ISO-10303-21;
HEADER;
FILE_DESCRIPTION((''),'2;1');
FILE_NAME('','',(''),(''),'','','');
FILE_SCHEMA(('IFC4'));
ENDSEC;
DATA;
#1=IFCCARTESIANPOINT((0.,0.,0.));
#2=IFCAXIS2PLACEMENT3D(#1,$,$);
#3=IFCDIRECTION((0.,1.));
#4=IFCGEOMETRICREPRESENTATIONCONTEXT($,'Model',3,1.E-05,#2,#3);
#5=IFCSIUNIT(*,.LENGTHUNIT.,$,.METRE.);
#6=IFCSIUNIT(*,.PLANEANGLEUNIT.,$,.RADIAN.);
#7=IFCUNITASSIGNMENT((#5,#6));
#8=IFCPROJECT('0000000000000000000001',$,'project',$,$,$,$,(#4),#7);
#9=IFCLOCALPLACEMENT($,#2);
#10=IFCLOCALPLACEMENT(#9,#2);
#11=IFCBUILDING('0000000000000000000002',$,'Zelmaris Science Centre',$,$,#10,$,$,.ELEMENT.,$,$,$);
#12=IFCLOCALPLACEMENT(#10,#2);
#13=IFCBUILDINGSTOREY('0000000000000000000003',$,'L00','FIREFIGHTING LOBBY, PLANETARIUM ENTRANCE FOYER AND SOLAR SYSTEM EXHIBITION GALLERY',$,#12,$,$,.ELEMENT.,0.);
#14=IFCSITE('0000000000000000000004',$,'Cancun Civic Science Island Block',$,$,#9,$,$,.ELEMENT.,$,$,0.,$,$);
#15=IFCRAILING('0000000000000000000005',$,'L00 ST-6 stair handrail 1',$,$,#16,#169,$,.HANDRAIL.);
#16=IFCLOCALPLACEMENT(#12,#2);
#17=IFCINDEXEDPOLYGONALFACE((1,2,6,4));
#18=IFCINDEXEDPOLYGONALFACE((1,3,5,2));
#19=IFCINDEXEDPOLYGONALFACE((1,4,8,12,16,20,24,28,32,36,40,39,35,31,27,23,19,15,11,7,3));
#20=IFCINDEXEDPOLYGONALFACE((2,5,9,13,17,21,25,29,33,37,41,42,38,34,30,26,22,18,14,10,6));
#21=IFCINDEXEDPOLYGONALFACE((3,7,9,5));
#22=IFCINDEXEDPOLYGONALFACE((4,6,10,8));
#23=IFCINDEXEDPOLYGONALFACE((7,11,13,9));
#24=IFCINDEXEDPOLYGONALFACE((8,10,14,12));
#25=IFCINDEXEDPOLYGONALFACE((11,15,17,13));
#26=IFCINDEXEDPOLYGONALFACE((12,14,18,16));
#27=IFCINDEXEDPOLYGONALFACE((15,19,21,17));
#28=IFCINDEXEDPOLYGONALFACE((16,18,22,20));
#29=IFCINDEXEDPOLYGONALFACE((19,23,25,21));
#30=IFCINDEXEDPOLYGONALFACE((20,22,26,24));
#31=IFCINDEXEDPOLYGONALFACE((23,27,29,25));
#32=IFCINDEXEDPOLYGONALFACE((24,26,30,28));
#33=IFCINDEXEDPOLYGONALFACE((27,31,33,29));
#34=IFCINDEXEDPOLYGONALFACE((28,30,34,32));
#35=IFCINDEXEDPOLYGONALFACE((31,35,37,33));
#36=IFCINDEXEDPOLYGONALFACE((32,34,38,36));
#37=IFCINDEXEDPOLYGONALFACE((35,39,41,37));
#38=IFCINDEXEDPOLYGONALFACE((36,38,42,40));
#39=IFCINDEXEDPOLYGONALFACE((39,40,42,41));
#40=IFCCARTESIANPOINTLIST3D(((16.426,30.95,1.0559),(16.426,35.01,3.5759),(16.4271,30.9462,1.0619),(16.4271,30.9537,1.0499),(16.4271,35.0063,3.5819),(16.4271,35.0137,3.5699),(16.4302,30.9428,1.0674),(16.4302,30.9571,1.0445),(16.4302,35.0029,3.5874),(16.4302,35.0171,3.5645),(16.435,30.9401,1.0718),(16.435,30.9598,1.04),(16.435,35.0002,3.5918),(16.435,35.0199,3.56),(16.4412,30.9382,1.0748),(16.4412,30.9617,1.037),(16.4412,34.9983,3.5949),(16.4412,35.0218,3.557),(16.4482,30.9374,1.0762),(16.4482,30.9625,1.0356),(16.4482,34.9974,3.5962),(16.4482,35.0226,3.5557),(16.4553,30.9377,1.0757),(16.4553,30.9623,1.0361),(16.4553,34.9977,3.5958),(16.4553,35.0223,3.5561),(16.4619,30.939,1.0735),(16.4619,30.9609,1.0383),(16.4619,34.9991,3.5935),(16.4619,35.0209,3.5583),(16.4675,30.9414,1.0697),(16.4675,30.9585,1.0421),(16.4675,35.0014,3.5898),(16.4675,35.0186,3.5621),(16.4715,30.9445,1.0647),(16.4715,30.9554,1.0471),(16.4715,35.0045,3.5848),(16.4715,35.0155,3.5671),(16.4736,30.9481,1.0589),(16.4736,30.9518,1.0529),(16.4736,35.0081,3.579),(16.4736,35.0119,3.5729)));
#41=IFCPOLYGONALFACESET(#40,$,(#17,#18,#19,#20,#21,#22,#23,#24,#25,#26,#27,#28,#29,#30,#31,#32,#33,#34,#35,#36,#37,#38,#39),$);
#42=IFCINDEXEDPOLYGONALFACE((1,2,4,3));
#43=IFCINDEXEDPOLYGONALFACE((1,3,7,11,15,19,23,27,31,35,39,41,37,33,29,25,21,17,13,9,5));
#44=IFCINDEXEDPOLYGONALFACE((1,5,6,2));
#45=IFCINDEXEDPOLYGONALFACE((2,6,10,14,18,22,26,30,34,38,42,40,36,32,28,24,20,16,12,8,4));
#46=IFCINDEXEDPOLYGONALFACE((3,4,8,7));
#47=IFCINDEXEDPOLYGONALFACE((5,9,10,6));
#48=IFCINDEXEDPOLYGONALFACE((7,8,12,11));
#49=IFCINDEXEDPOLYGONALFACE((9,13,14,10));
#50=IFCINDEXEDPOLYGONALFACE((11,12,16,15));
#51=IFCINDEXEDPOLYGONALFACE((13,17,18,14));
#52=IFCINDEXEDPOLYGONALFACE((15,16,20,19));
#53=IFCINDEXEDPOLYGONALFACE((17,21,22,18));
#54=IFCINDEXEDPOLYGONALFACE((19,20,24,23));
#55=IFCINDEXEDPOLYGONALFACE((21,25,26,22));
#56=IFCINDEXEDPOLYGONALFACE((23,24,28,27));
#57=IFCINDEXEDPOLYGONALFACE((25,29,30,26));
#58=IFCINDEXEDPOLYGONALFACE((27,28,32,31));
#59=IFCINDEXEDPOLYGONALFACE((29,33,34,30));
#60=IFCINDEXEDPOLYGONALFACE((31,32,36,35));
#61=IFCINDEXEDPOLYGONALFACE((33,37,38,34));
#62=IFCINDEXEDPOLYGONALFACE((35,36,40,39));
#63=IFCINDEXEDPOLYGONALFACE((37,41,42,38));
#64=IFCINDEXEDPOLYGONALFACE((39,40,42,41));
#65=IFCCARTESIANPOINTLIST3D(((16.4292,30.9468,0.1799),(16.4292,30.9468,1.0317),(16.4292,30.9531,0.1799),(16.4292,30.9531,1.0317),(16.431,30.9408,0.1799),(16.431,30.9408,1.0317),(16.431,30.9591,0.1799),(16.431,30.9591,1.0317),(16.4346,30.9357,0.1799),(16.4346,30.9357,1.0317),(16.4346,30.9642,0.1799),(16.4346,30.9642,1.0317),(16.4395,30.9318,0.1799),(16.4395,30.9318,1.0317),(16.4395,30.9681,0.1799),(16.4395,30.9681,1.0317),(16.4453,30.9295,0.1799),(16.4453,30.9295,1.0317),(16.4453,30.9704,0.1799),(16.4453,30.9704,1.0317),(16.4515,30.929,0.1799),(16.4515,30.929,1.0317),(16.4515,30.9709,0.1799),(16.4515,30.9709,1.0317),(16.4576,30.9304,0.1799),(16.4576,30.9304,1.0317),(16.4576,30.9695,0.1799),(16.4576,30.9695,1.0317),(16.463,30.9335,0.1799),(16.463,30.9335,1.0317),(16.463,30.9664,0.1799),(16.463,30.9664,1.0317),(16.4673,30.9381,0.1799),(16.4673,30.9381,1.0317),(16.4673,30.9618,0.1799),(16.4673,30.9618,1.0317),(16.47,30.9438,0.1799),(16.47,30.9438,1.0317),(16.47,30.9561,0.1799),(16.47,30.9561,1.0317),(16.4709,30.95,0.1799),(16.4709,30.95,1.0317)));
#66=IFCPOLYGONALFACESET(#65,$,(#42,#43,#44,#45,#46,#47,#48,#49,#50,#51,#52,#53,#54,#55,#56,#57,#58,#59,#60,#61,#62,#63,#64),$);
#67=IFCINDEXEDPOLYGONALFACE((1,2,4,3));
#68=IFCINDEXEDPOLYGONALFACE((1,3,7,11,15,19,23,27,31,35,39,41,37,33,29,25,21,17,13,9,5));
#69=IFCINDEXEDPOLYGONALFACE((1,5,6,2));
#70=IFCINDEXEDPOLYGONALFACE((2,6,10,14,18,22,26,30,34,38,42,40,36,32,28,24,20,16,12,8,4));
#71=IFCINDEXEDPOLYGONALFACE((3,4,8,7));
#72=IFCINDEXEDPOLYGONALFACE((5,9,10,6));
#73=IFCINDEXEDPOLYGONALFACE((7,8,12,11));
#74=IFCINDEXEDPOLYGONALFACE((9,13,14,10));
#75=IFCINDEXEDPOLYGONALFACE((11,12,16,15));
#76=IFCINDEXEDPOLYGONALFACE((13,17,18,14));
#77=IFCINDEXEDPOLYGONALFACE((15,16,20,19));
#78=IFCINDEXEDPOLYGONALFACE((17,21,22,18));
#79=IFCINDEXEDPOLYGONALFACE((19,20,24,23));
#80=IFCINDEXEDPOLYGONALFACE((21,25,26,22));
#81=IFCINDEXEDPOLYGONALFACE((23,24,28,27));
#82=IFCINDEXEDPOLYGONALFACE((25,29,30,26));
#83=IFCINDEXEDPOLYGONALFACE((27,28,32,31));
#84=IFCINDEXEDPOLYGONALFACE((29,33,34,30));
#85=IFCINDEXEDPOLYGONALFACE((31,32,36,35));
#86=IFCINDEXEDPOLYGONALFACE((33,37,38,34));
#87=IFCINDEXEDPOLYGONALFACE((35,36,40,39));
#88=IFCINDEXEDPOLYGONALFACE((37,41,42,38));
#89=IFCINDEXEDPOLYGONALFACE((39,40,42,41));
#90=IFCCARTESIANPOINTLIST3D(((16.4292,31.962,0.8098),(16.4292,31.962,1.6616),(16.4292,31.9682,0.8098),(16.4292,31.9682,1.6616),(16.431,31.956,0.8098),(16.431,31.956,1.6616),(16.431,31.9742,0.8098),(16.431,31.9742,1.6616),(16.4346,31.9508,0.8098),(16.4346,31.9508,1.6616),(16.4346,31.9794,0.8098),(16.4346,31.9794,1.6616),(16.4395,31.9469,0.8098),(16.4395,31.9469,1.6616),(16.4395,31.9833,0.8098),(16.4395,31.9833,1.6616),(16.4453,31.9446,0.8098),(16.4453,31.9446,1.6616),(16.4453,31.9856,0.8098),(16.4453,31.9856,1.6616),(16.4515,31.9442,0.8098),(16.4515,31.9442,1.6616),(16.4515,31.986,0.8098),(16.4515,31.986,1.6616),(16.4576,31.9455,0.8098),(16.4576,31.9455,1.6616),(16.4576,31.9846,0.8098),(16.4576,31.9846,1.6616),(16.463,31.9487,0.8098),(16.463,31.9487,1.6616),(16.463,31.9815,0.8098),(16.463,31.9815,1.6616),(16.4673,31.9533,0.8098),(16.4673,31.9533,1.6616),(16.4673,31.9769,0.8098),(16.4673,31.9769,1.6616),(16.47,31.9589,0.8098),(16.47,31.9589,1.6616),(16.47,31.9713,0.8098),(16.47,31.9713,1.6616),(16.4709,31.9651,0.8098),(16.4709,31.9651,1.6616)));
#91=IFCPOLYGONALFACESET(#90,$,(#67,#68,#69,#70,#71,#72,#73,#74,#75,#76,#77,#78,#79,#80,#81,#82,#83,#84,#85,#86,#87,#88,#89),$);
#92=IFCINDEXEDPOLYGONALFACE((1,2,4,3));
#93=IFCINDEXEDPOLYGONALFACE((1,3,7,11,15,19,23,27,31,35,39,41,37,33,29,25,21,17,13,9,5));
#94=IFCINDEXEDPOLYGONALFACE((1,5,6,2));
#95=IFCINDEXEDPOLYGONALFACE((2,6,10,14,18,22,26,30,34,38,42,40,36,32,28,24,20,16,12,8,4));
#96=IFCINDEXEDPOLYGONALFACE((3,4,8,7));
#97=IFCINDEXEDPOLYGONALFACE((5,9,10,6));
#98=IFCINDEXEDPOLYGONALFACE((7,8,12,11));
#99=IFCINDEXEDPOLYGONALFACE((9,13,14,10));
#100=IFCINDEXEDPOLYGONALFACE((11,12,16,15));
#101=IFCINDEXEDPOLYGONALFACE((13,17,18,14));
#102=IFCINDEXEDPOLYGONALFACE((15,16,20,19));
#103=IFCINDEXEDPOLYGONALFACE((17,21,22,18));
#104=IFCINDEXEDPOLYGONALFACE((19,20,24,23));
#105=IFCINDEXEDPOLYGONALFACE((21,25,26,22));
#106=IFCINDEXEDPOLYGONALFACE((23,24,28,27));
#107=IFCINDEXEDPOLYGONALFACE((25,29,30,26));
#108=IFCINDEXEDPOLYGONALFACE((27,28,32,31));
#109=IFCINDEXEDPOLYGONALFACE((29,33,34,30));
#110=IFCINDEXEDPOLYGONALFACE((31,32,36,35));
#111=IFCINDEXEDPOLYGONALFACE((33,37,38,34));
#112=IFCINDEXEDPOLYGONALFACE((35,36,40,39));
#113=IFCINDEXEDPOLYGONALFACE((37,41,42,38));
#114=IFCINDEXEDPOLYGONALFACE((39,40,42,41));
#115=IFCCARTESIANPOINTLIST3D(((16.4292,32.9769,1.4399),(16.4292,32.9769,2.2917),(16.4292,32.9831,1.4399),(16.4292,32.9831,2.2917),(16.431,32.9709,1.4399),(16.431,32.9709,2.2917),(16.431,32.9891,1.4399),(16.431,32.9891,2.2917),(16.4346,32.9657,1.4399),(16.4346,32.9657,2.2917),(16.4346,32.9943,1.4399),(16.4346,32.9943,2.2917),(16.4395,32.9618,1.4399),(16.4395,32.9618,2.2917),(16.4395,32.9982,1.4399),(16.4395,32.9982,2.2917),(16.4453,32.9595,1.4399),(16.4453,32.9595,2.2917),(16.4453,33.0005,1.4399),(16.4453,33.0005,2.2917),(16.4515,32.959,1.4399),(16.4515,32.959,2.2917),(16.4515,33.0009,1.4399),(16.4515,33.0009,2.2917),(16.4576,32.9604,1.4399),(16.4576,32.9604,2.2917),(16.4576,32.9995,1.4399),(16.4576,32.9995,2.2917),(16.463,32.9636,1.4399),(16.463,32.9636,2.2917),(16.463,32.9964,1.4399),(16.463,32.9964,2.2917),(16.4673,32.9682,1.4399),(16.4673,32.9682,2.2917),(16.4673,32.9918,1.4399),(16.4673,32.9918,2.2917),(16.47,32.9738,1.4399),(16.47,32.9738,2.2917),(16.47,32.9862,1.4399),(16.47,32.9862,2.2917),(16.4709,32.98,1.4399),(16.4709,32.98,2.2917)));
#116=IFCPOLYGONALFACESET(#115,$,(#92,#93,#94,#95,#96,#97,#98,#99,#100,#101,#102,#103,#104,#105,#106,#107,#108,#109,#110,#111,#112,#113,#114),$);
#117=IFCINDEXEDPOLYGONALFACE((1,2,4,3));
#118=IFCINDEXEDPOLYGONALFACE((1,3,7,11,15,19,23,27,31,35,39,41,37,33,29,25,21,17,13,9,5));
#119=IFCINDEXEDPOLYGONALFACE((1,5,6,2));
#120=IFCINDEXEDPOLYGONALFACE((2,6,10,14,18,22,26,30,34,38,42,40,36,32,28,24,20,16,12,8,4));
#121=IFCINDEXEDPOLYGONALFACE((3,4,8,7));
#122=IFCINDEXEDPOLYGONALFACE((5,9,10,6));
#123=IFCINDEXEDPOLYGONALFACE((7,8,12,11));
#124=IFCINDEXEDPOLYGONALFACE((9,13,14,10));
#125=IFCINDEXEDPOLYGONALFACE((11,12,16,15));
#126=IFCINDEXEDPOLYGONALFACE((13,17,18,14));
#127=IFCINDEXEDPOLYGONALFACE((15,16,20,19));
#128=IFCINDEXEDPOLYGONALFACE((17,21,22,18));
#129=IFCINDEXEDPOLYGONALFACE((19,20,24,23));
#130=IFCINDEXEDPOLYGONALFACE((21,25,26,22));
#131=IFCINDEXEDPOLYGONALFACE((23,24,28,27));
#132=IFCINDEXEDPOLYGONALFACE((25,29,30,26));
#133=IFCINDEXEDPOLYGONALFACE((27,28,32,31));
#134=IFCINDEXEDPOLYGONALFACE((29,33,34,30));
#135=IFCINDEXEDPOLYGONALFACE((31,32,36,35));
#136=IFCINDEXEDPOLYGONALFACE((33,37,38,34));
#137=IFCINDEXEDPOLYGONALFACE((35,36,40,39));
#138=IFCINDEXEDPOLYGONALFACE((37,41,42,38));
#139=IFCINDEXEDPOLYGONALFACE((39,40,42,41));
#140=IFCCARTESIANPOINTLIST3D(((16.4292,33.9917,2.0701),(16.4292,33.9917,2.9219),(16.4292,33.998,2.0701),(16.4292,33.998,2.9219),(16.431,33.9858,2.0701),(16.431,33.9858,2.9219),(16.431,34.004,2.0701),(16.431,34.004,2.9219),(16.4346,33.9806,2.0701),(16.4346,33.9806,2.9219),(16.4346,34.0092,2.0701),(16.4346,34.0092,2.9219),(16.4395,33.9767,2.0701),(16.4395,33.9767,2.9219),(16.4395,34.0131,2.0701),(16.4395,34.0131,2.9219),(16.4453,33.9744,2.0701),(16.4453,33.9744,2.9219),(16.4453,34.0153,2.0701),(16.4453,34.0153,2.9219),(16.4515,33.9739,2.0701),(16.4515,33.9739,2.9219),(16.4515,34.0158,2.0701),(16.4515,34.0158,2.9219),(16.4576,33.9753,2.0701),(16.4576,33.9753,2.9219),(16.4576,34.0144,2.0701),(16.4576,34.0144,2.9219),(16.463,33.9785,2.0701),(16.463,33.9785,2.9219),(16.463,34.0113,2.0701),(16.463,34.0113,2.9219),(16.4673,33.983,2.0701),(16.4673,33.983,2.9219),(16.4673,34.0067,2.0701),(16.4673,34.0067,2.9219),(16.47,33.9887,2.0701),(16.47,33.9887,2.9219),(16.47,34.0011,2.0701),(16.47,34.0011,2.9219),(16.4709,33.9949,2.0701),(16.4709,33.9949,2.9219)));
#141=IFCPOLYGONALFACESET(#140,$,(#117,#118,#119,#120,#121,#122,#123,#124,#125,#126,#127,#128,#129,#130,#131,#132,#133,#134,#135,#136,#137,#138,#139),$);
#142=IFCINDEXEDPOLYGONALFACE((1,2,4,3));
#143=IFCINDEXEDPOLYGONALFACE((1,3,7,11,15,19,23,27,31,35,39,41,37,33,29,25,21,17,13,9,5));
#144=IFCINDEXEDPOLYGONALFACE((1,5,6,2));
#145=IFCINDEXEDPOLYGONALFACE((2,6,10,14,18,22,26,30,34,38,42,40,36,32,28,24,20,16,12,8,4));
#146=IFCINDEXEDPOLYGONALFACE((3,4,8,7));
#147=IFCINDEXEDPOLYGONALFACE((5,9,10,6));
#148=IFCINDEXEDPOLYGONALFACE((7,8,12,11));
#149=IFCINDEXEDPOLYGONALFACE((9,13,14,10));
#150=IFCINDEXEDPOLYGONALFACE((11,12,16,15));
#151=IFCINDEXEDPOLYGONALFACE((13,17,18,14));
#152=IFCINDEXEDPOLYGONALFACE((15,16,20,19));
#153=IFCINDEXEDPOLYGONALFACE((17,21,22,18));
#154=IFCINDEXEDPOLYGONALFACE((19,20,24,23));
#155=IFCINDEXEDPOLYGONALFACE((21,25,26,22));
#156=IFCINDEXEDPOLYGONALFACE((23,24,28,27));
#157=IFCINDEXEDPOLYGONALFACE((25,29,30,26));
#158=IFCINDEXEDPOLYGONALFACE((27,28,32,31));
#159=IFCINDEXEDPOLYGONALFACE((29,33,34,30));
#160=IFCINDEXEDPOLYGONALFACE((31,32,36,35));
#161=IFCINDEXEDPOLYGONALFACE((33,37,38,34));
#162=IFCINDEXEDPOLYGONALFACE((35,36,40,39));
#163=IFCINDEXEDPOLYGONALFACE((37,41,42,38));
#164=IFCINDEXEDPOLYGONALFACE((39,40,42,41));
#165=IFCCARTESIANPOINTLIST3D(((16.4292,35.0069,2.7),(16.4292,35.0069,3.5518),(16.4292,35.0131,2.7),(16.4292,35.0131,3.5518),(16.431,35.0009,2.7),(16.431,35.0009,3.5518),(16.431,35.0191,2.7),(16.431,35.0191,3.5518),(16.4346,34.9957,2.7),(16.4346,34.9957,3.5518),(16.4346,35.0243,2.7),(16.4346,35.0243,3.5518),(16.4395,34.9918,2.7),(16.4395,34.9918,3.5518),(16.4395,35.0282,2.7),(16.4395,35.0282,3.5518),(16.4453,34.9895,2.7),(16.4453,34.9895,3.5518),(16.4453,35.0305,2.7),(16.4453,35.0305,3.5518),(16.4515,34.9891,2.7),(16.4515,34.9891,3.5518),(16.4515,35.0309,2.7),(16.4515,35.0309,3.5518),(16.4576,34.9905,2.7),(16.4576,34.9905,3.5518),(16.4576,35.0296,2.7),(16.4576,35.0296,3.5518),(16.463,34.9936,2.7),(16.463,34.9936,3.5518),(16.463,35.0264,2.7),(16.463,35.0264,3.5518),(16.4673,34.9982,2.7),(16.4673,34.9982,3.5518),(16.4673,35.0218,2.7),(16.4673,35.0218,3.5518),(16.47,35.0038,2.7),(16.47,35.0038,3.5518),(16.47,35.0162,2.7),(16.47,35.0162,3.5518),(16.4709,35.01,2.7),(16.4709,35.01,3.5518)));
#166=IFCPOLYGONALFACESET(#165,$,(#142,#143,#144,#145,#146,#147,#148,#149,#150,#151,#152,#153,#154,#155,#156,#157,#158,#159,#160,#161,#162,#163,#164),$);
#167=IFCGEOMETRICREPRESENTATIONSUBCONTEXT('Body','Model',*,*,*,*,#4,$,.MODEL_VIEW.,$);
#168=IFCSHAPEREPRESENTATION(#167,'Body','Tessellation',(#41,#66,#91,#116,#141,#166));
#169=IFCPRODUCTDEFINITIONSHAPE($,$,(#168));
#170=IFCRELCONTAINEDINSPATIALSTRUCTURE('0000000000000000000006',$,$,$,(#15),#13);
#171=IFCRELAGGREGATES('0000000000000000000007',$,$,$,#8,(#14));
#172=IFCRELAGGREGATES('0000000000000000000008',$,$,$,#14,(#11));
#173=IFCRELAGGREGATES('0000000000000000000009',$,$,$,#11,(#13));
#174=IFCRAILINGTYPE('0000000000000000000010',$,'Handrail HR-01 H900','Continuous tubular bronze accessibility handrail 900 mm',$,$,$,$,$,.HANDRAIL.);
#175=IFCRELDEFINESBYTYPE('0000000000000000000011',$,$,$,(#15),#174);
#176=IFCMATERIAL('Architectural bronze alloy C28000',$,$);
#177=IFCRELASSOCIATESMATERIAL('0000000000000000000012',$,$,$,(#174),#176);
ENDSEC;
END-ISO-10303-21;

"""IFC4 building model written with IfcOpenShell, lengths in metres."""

from ifc_helpers import new_model, si_unit, direction, frame, origin, origin_2d, place, context, subcontext, project, spatial, circle, extrude, material, type_object, element, save


model = new_model("IFC4")

# Units and contexts
model_context = context("Model", 3, precision=1e-05, world=origin(), true_north=direction((0.0, 1.0)))
body_context = subcontext(model_context, "Body", "Model", "MODEL_VIEW")
ifc_project = project(units=[si_unit("LENGTHUNIT", "METRE"), si_unit("PLANEANGLEUNIT", "RADIAN")], contexts=[model_context])

# Site, building, storey
site_placement = place(None, origin())
site = spatial("IfcSite", under=ifc_project, at=site_placement, Name="Cancun Civic Science Island Block", CompositionType="ELEMENT", RefElevation=0.0)
building_placement = place(site_placement, origin())
building = spatial("IfcBuilding", under=site, at=building_placement, Name="Zelmaris Science Centre", CompositionType="ELEMENT")
storey_placement = place(building_placement, origin())
storey = spatial("IfcBuildingStorey", under=building, at=storey_placement, Name="L00", Description="FIREFIGHTING LOBBY, PLANETARIUM ENTRANCE FOYER AND SOLAR SYSTEM EXHIBITION GALLERY", CompositionType="ELEMENT", Elevation=0.0)

# Railing
ifc_material_1 = material(Name="Architectural bronze alloy C28000")
railing_type_1 = type_object("IfcRailingType", Name="Handrail HR-01 H900", Description="Continuous tubular bronze accessibility handrail 900 mm", PredefinedType="HANDRAIL", material=ifc_material_1)
railing_1_placement = place(storey_placement, frame((16.45, 30.95, 0.1799)))
element("IfcRailing", 1, at=railing_1_placement, inside=storey, type_object=railing_type_1, Name="L00 ST-6 stair handrail 1", PredefinedType="HANDRAIL", context=body_context, shape_type="SweptSolid", body=[
    extrude(circle(Radius=0.0239, at=origin_2d()), frame((0.0, 0.0, 0.876), z_axis=(0.0, 0.849642, 0.52736), x_axis=(-1.0, 0.0, 0.0)), (0.0, 0.0, 1.0), 4.7786),
    extrude(circle(Radius=0.021, at=origin_2d()), origin(), (0.0, 0.0, 1.0), 0.8518),
    extrude(circle(Radius=0.021, at=origin_2d()), frame((0.0, 1.0151, 0.6299)), (0.0, 0.0, 1.0), 0.8518),
    extrude(circle(Radius=0.021, at=origin_2d()), frame((0.0, 2.03, 1.26)), (0.0, 0.0, 1.0), 0.8518),
    extrude(circle(Radius=0.021, at=origin_2d()), frame((0.0, 3.0449, 1.8901)), (0.0, 0.0, 1.0), 0.8518),
    extrude(circle(Radius=0.021, at=origin_2d()), frame((0.0, 4.0601, 2.52)), (0.0, 0.0, 1.0), 0.8518),
])

save(model, "model.ifc")
